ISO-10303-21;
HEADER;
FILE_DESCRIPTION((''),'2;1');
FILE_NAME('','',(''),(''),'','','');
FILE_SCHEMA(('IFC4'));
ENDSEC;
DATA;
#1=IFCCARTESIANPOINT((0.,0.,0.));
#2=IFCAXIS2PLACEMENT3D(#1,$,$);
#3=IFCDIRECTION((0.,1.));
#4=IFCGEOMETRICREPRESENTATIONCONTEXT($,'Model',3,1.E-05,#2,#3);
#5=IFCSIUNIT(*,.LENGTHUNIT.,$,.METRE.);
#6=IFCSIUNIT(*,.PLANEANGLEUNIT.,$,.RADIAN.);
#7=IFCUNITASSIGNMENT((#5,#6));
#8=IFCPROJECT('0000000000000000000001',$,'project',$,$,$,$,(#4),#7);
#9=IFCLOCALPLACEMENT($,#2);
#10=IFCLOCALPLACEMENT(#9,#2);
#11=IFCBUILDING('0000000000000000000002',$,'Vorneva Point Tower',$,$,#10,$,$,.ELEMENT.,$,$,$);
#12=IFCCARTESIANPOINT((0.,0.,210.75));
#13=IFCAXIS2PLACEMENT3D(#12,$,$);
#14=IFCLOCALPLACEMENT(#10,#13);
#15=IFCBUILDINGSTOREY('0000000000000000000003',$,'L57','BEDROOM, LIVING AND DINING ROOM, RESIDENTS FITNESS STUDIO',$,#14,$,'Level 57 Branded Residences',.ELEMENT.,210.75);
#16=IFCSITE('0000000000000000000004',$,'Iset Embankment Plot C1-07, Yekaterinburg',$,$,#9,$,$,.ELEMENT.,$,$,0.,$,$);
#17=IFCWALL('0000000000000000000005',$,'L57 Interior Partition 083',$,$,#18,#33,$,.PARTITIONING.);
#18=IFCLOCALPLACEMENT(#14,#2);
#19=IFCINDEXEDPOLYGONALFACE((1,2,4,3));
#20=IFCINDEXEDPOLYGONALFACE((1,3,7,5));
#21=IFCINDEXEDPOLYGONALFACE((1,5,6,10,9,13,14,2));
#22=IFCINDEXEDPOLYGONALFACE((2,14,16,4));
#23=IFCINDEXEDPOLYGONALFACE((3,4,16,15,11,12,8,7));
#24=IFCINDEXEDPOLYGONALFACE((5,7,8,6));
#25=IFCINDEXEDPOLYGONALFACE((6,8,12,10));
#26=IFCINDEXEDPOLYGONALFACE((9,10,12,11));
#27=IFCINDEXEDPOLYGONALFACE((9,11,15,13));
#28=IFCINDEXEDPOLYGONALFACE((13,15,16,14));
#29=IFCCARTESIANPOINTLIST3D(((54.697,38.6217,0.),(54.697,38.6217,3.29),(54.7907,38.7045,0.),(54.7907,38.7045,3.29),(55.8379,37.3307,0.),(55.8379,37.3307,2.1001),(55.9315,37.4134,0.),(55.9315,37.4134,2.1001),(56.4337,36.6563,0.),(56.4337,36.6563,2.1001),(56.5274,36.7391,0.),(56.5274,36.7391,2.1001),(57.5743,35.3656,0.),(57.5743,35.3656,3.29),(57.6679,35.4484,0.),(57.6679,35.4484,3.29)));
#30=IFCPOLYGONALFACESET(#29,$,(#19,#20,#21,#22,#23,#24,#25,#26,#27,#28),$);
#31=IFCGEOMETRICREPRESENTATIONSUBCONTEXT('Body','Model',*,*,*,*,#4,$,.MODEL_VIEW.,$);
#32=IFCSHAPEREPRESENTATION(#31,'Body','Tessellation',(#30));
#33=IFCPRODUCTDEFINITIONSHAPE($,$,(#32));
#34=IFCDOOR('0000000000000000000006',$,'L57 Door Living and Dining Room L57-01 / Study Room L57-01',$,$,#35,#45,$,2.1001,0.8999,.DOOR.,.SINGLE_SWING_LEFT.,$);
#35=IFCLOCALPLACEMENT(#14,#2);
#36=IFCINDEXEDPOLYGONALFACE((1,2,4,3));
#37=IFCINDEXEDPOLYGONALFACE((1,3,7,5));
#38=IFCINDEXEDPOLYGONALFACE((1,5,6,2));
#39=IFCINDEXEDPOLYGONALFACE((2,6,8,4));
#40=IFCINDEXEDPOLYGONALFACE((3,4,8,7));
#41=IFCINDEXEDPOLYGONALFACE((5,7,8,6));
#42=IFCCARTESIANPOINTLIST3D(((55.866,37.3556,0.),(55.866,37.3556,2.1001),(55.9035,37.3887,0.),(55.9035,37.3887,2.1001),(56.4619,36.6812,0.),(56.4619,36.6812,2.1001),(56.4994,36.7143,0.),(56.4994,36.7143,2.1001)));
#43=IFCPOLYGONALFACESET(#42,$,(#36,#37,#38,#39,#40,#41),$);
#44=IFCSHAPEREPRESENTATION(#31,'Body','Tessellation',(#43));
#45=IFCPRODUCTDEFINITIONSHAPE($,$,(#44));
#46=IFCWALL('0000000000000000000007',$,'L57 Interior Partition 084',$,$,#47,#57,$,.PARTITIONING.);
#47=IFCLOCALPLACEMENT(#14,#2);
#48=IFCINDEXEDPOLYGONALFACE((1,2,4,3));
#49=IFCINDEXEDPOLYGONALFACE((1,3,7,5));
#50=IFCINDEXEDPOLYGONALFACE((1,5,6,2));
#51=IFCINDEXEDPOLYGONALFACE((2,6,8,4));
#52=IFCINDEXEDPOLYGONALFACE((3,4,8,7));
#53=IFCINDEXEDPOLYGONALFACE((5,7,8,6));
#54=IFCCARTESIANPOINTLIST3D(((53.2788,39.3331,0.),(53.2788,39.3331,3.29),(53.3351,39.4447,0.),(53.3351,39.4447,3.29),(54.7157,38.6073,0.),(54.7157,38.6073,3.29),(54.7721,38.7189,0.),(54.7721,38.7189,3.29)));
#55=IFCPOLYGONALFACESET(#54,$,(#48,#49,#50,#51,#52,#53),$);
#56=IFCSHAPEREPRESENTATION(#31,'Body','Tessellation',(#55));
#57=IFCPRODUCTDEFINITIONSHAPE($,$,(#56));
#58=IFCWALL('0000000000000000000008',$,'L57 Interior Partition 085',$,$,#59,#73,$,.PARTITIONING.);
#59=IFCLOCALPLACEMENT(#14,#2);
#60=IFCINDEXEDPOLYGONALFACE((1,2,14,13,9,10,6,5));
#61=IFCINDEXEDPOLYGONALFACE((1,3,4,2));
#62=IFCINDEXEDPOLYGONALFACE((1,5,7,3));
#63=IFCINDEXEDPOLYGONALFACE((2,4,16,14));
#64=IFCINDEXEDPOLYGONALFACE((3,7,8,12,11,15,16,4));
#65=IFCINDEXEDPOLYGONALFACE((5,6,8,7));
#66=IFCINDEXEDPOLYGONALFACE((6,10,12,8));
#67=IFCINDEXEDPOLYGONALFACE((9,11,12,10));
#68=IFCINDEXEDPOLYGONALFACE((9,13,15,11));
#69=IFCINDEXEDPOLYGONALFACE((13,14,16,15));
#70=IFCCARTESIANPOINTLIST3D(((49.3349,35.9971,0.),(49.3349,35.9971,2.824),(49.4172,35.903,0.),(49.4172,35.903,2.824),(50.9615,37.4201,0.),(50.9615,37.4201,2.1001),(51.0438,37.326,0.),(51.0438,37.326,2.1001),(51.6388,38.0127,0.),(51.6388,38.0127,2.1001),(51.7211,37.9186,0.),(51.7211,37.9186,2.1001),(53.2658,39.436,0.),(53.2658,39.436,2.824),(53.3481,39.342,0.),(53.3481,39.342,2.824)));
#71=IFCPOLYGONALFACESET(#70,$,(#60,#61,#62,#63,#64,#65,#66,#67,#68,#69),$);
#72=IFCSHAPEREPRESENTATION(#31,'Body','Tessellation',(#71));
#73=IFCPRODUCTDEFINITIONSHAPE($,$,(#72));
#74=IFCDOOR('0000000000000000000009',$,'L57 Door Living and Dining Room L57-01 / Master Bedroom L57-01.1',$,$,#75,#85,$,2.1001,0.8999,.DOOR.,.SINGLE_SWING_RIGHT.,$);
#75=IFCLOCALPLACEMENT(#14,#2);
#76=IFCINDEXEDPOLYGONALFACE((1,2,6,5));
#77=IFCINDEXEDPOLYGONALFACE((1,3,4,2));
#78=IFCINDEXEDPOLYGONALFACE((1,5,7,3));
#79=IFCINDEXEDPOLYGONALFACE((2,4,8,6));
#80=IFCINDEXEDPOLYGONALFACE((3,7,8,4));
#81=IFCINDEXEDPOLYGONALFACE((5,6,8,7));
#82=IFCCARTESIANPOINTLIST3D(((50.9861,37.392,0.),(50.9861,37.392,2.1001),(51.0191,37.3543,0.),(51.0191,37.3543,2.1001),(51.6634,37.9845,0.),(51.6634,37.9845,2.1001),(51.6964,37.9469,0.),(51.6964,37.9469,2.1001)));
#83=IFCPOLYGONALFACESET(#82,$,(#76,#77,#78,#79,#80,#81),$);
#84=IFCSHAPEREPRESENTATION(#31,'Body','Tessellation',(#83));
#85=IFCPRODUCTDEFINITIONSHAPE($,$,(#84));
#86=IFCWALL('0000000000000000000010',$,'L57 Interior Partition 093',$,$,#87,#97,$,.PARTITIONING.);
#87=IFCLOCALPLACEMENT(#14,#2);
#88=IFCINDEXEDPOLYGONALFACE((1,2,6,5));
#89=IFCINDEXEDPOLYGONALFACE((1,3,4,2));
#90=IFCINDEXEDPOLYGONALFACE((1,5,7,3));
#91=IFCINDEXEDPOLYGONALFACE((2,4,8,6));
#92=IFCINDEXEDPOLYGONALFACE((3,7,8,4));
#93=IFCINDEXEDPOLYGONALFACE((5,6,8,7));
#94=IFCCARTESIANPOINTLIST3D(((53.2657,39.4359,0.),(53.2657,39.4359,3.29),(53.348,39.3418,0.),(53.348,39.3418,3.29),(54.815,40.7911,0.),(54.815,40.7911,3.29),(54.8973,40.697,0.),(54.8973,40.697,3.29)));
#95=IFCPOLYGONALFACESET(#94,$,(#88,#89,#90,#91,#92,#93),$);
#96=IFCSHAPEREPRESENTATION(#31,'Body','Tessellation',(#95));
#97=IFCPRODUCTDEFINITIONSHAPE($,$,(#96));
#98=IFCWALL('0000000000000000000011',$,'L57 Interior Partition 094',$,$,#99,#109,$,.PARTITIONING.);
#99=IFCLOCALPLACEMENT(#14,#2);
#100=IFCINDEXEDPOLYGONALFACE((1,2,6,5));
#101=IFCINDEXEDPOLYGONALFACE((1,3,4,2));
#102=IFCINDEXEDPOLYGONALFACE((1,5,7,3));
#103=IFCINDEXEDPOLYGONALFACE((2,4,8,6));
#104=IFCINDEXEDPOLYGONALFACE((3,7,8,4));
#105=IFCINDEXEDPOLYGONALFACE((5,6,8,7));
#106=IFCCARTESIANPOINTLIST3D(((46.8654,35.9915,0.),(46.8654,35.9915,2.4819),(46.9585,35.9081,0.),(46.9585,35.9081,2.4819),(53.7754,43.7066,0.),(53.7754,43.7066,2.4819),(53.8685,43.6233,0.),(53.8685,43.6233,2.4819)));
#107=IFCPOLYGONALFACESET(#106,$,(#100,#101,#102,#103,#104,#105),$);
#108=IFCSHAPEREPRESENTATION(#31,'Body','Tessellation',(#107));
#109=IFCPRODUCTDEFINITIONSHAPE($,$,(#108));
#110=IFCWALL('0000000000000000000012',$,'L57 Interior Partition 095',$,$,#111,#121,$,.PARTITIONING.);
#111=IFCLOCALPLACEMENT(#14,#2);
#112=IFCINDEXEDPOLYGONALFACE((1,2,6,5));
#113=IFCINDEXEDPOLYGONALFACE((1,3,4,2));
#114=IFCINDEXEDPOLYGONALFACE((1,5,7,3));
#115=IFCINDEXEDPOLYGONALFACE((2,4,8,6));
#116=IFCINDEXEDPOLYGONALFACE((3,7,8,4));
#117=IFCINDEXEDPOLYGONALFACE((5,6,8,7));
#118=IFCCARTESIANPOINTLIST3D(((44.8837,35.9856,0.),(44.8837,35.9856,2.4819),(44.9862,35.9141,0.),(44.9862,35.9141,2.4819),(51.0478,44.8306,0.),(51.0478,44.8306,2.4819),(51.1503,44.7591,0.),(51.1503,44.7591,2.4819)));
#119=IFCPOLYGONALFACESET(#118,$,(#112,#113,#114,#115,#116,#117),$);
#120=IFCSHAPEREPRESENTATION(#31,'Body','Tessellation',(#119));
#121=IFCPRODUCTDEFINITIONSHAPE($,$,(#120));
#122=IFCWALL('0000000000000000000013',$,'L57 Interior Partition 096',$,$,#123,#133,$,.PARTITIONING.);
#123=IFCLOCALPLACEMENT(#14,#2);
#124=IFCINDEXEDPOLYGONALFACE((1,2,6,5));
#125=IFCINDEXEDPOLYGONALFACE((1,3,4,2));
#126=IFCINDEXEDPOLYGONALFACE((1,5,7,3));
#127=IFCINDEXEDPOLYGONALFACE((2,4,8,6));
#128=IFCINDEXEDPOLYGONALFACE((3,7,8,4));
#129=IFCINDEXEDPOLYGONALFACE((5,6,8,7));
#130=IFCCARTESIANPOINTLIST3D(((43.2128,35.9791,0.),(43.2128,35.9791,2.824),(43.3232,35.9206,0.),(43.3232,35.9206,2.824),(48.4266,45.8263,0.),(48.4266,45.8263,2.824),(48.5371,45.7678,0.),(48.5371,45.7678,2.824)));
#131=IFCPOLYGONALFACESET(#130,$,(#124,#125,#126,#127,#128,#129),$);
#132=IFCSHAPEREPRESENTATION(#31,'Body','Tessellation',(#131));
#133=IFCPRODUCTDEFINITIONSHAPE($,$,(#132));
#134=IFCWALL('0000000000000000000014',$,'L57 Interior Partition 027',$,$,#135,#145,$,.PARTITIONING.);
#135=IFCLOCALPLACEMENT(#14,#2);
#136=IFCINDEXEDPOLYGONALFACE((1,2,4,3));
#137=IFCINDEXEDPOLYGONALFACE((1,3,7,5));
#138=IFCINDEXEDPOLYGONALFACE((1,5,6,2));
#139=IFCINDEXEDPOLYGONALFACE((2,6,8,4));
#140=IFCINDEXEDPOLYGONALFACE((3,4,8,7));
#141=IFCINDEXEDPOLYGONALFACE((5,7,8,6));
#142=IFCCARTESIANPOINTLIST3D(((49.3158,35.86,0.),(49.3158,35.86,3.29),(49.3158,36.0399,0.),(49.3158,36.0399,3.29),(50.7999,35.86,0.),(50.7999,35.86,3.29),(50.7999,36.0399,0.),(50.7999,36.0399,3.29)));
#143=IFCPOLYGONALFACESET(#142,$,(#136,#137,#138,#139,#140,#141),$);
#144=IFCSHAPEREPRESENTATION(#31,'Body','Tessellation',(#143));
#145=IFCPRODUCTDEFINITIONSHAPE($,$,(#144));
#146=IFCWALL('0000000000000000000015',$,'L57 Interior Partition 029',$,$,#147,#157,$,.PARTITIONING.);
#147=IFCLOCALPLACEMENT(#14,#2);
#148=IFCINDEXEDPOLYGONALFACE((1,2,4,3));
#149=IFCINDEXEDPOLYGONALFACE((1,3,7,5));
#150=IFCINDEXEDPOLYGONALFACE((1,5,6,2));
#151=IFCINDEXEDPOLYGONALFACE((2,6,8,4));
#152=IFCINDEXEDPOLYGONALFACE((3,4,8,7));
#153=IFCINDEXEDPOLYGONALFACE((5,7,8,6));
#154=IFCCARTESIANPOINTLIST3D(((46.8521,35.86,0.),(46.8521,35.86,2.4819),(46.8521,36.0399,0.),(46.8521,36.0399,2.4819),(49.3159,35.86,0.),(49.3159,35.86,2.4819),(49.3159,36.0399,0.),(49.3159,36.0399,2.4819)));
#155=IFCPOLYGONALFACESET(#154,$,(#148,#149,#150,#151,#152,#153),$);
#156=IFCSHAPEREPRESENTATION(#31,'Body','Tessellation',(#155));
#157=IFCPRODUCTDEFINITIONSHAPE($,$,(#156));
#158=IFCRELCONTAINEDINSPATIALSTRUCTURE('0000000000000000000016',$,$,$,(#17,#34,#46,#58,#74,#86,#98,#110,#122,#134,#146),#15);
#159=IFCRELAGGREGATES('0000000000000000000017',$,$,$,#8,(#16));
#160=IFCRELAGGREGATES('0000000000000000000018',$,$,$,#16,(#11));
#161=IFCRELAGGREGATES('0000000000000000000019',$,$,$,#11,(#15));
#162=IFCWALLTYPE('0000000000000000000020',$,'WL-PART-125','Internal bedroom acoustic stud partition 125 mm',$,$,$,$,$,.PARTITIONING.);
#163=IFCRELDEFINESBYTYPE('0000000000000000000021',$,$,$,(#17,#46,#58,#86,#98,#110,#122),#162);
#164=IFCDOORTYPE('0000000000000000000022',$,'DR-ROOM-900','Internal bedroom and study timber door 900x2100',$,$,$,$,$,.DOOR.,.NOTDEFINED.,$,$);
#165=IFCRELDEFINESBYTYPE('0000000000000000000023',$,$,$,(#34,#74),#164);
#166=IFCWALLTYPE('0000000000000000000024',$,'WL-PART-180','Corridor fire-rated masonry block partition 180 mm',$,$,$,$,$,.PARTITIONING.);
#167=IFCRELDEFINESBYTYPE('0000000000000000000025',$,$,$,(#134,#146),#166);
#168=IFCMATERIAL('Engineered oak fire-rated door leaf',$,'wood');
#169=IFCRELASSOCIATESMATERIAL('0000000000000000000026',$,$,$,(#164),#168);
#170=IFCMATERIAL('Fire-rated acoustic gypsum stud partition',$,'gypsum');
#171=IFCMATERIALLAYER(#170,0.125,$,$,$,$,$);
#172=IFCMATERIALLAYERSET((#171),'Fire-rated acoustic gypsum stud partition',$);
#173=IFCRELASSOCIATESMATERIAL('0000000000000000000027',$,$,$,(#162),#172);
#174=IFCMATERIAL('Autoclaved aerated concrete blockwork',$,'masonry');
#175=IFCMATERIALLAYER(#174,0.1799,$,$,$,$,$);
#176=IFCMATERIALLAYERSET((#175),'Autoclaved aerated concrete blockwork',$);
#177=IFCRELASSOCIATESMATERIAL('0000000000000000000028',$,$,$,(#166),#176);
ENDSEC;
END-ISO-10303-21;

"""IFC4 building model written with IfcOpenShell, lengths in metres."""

from ifc_helpers import new_model, si_unit, direction, frame, frame_2d, origin, place, context, subcontext, project, spatial, rectangle, extrude, material, layer, layer_set, type_object, element, fill, save


model = new_model("IFC4")

# Units and contexts
model_context = context("Model", 3, precision=1e-05, world=origin(), true_north=direction((0.0, 1.0)))
body_context = subcontext(model_context, "Body", "Model", "MODEL_VIEW")
ifc_project = project(units=[si_unit("LENGTHUNIT", "METRE"), si_unit("PLANEANGLEUNIT", "RADIAN")], contexts=[model_context])

# Site, building, storey
site_placement = place(None, origin())
site = spatial("IfcSite", under=ifc_project, at=site_placement, Name="Iset Embankment Plot C1-07, Yekaterinburg", CompositionType="ELEMENT", RefElevation=0.0)
building_placement = place(site_placement, origin())
building = spatial("IfcBuilding", under=site, at=building_placement, Name="Vorneva Point Tower", CompositionType="ELEMENT")
storey_placement = place(building_placement, frame((0.0, 0.0, 210.75)))
storey = spatial("IfcBuildingStorey", under=building, at=storey_placement, Name="L57", Description="BEDROOM, LIVING AND DINING ROOM, RESIDENTS FITNESS STUDIO", LongName="Level 57 Branded Residences", CompositionType="ELEMENT", Elevation=210.75)

# Shared definitions
ifc_material_1 = material(Name="Fire-rated acoustic gypsum stud partition", Category="gypsum")
ifc_material_2 = material(Name="Engineered oak fire-rated door leaf", Category="wood")
door_type = type_object("IfcDoorType", Name="DR-ROOM-900", Description="Internal bedroom and study timber door 900x2100", OperationType="NOTDEFINED", PredefinedType="DOOR", material=ifc_material_2)

# Shared definitions
ifc_layer_1 = layer(ifc_material_1, 0.125)
ifc_layer_set_1 = layer_set([ifc_layer_1], Name="Fire-rated acoustic gypsum stud partition")
wall_type_1 = type_object("IfcWallType", Name="WL-PART-125", Description="Internal bedroom acoustic stud partition 125 mm", PredefinedType="PARTITIONING", material=ifc_layer_set_1)

# Wall, opening, door
wall_1_placement = place(storey_placement, frame((57.6211, 35.407, 0.0), z_axis=(0.0, 0.0, 1.0), x_axis=(-0.66216, 0.749362, 0.0)))
wall_1 = element("IfcWall", 1, at=wall_1_placement, inside=storey, type_object=wall_type_1, Name="L57 Interior Partition 083", PredefinedType="PARTITIONING", context=body_context, shape_type="SweptSolid", body=[
    extrude(rectangle(XDim=4.3452, YDim=0.125, at=frame_2d((2.1726, 0.0))), origin(), (0.0, 0.0, 1.0), 3.29),
])
opening_1_placement = place(wall_1_placement, frame((1.7224, 0.0, 0.0)))
opening_1 = element("IfcOpeningElement", 2, at=opening_1_placement, cuts=wall_1, PredefinedType="OPENING", context=body_context, shape_type="SweptSolid", body=[
    extrude(rectangle(XDim=0.8999, YDim=2.1001, at=frame_2d((0.45, 1.05))), frame((0.0, 0.0774, 0.0), z_axis=(0.0, -1.0, 0.0), x_axis=(1.0, 0.0, 0.0)), (0.0, 0.0, 1.0), 0.1548),
])
door_1_placement = place(opening_1_placement, origin())
door_1 = element("IfcDoor", 3, at=door_1_placement, inside=storey, type_object=door_type, Name="L57 Door Living and Dining Room L57-01 / Study Room L57-01", OperationType="SINGLE_SWING_LEFT", OverallHeight=2.1001, OverallWidth=0.8999, PredefinedType="DOOR", context=body_context, shape_type="SweptSolid", body=[
    extrude(rectangle(XDim=0.8999, YDim=2.1001, at=frame_2d((0.45, 1.05))), frame((0.0, 0.0249, 0.0), z_axis=(0.0, -1.0, 0.0), x_axis=(1.0, 0.0, 0.0)), (0.0, 0.0, 1.0), 0.05),
])
fill(opening_1, door_1)

# Wall
wall_2_placement = place(storey_placement, frame((54.7439, 38.6631, 0.0), z_axis=(0.0, 0.0, 1.0), x_axis=(-0.8926, 0.450849, 0.0)))
element("IfcWall", 4, at=wall_2_placement, inside=storey, type_object=wall_type_1, Name="L57 Interior Partition 084", PredefinedType="PARTITIONING", context=body_context, shape_type="SweptSolid", body=[
    extrude(rectangle(XDim=1.6099, YDim=0.125, at=frame_2d((0.8049, 0.0))), origin(), (0.0, 0.0, 1.0), 3.29),
])

# Wall, opening, door
wall_3_placement = place(storey_placement, frame((53.3069, 39.3889, 0.0), z_axis=(0.0, 0.0, 1.0), x_axis=(-0.752632, -0.658442, 0.0)))
wall_3 = element("IfcWall", 5, at=wall_3_placement, inside=storey, type_object=wall_type_1, Name="L57 Interior Partition 085", PredefinedType="PARTITIONING", context=body_context, shape_type="SweptSolid", body=[
    extrude(rectangle(XDim=5.2229, YDim=0.125, at=frame_2d((2.6113, 0.0))), origin(), (0.0, 0.0, 1.0), 2.824),
])
opening_2_placement = place(wall_3_placement, frame((2.1616, 0.0, 0.0)))
opening_2 = element("IfcOpeningElement", 6, at=opening_2_placement, cuts=wall_3, PredefinedType="OPENING", context=body_context, shape_type="SweptSolid", body=[
    extrude(rectangle(XDim=0.8999, YDim=2.1001, at=frame_2d((0.45, 1.05))), frame((0.0, 0.0774, 0.0), z_axis=(0.0, -1.0, 0.0), x_axis=(1.0, 0.0, 0.0)), (0.0, 0.0, 1.0), 0.1548),
])
door_2_placement = place(opening_2_placement, origin())
door_2 = element("IfcDoor", 7, at=door_2_placement, inside=storey, type_object=door_type, Name="L57 Door Living and Dining Room L57-01 / Master Bedroom L57-01.1", OperationType="SINGLE_SWING_RIGHT", OverallHeight=2.1001, OverallWidth=0.8999, PredefinedType="DOOR", context=body_context, shape_type="SweptSolid", body=[
    extrude(rectangle(XDim=0.8999, YDim=2.1001, at=frame_2d((0.45, 1.05))), frame((0.0, 0.0249, 0.0), z_axis=(0.0, -1.0, 0.0), x_axis=(1.0, 0.0, 0.0)), (0.0, 0.0, 1.0), 0.05),
])
fill(opening_2, door_2)

# Walls
wall_4_placement = place(storey_placement, frame((54.8562, 40.7441, 0.0), z_axis=(0.0, 0.0, 1.0), x_axis=(-0.75268, -0.658387, 0.0)))
element("IfcWall", 8, at=wall_4_placement, inside=storey, type_object=wall_type_1, Name="L57 Interior Partition 093", PredefinedType="PARTITIONING", context=body_context, shape_type="SweptSolid", body=[
    extrude(rectangle(XDim=2.0583, YDim=0.125, at=frame_2d((1.0293, 0.0))), origin(), (0.0, 0.0, 1.0), 3.29),
])
wall_5_placement = place(storey_placement, frame((53.822, 43.665, 0.0), z_axis=(0.0, 0.0, 1.0), x_axis=(-0.667167, -0.744908, 0.0)))
element("IfcWall", 9, at=wall_5_placement, inside=storey, type_object=wall_type_1, Name="L57 Interior Partition 094", PredefinedType="PARTITIONING", context=body_context, shape_type="SweptSolid", body=[
    extrude(rectangle(XDim=10.3572, YDim=0.125, at=frame_2d((5.1787, 0.0))), origin(), (0.0, 0.0, 1.0), 2.4819),
])
wall_6_placement = place(storey_placement, frame((51.0991, 44.7949, 0.0), z_axis=(0.0, 0.0, 1.0), x_axis=(-0.571754, -0.820425, 0.0)))
element("IfcWall", 10, at=wall_6_placement, inside=storey, type_object=wall_type_1, Name="L57 Interior Partition 095", PredefinedType="PARTITIONING", context=body_context, shape_type="SweptSolid", body=[
    extrude(rectangle(XDim=10.781, YDim=0.125, at=frame_2d((5.3906, 0.0))), origin(), (0.0, 0.0, 1.0), 2.4819),
])
wall_7_placement = place(storey_placement, frame((48.4819, 45.7971, 0.0), z_axis=(0.0, 0.0, 1.0), x_axis=(-0.467934, -0.883763, 0.0)))
element("IfcWall", 11, at=wall_7_placement, inside=storey, type_object=wall_type_1, Name="L57 Interior Partition 096", PredefinedType="PARTITIONING", context=body_context, shape_type="SweptSolid", body=[
    extrude(rectangle(XDim=11.1423, YDim=0.125, at=frame_2d((5.5713, 0.0))), origin(), (0.0, 0.0, 1.0), 2.824),
])
ifc_material_3 = material(Name="Autoclaved aerated concrete blockwork", Category="masonry")
ifc_layer_2 = layer(ifc_material_3, 0.1799)
ifc_layer_set_2 = layer_set([ifc_layer_2], Name="Autoclaved aerated concrete blockwork")
wall_type_2 = type_object("IfcWallType", Name="WL-PART-180", Description="Corridor fire-rated masonry block partition 180 mm", PredefinedType="PARTITIONING", material=ifc_layer_set_2)
wall_8_placement = place(storey_placement, frame((50.8, 35.95, 0.0), z_axis=(0.0, 0.0, 1.0), x_axis=(-1.0, 0.0, 0.0)))
element("IfcWall", 12, at=wall_8_placement, inside=storey, type_object=wall_type_2, Name="L57 Interior Partition 027", PredefinedType="PARTITIONING", context=body_context, shape_type="SweptSolid", body=[
    extrude(rectangle(XDim=1.4841, YDim=0.1799, at=frame_2d((0.7422, 0.0))), origin(), (0.0, 0.0, 1.0), 3.29),
])
wall_9_placement = place(storey_placement, frame((49.3159, 35.95, 0.0), z_axis=(0.0, 0.0, 1.0), x_axis=(-1.0, 0.0, 0.0)))
element("IfcWall", 13, at=wall_9_placement, inside=storey, type_object=wall_type_2, Name="L57 Interior Partition 029", PredefinedType="PARTITIONING", context=body_context, shape_type="SweptSolid", body=[
    extrude(rectangle(XDim=2.4639, YDim=0.1799, at=frame_2d((1.2319, 0.0))), origin(), (0.0, 0.0, 1.0), 2.4819),
])

save(model, "model.ifc")
